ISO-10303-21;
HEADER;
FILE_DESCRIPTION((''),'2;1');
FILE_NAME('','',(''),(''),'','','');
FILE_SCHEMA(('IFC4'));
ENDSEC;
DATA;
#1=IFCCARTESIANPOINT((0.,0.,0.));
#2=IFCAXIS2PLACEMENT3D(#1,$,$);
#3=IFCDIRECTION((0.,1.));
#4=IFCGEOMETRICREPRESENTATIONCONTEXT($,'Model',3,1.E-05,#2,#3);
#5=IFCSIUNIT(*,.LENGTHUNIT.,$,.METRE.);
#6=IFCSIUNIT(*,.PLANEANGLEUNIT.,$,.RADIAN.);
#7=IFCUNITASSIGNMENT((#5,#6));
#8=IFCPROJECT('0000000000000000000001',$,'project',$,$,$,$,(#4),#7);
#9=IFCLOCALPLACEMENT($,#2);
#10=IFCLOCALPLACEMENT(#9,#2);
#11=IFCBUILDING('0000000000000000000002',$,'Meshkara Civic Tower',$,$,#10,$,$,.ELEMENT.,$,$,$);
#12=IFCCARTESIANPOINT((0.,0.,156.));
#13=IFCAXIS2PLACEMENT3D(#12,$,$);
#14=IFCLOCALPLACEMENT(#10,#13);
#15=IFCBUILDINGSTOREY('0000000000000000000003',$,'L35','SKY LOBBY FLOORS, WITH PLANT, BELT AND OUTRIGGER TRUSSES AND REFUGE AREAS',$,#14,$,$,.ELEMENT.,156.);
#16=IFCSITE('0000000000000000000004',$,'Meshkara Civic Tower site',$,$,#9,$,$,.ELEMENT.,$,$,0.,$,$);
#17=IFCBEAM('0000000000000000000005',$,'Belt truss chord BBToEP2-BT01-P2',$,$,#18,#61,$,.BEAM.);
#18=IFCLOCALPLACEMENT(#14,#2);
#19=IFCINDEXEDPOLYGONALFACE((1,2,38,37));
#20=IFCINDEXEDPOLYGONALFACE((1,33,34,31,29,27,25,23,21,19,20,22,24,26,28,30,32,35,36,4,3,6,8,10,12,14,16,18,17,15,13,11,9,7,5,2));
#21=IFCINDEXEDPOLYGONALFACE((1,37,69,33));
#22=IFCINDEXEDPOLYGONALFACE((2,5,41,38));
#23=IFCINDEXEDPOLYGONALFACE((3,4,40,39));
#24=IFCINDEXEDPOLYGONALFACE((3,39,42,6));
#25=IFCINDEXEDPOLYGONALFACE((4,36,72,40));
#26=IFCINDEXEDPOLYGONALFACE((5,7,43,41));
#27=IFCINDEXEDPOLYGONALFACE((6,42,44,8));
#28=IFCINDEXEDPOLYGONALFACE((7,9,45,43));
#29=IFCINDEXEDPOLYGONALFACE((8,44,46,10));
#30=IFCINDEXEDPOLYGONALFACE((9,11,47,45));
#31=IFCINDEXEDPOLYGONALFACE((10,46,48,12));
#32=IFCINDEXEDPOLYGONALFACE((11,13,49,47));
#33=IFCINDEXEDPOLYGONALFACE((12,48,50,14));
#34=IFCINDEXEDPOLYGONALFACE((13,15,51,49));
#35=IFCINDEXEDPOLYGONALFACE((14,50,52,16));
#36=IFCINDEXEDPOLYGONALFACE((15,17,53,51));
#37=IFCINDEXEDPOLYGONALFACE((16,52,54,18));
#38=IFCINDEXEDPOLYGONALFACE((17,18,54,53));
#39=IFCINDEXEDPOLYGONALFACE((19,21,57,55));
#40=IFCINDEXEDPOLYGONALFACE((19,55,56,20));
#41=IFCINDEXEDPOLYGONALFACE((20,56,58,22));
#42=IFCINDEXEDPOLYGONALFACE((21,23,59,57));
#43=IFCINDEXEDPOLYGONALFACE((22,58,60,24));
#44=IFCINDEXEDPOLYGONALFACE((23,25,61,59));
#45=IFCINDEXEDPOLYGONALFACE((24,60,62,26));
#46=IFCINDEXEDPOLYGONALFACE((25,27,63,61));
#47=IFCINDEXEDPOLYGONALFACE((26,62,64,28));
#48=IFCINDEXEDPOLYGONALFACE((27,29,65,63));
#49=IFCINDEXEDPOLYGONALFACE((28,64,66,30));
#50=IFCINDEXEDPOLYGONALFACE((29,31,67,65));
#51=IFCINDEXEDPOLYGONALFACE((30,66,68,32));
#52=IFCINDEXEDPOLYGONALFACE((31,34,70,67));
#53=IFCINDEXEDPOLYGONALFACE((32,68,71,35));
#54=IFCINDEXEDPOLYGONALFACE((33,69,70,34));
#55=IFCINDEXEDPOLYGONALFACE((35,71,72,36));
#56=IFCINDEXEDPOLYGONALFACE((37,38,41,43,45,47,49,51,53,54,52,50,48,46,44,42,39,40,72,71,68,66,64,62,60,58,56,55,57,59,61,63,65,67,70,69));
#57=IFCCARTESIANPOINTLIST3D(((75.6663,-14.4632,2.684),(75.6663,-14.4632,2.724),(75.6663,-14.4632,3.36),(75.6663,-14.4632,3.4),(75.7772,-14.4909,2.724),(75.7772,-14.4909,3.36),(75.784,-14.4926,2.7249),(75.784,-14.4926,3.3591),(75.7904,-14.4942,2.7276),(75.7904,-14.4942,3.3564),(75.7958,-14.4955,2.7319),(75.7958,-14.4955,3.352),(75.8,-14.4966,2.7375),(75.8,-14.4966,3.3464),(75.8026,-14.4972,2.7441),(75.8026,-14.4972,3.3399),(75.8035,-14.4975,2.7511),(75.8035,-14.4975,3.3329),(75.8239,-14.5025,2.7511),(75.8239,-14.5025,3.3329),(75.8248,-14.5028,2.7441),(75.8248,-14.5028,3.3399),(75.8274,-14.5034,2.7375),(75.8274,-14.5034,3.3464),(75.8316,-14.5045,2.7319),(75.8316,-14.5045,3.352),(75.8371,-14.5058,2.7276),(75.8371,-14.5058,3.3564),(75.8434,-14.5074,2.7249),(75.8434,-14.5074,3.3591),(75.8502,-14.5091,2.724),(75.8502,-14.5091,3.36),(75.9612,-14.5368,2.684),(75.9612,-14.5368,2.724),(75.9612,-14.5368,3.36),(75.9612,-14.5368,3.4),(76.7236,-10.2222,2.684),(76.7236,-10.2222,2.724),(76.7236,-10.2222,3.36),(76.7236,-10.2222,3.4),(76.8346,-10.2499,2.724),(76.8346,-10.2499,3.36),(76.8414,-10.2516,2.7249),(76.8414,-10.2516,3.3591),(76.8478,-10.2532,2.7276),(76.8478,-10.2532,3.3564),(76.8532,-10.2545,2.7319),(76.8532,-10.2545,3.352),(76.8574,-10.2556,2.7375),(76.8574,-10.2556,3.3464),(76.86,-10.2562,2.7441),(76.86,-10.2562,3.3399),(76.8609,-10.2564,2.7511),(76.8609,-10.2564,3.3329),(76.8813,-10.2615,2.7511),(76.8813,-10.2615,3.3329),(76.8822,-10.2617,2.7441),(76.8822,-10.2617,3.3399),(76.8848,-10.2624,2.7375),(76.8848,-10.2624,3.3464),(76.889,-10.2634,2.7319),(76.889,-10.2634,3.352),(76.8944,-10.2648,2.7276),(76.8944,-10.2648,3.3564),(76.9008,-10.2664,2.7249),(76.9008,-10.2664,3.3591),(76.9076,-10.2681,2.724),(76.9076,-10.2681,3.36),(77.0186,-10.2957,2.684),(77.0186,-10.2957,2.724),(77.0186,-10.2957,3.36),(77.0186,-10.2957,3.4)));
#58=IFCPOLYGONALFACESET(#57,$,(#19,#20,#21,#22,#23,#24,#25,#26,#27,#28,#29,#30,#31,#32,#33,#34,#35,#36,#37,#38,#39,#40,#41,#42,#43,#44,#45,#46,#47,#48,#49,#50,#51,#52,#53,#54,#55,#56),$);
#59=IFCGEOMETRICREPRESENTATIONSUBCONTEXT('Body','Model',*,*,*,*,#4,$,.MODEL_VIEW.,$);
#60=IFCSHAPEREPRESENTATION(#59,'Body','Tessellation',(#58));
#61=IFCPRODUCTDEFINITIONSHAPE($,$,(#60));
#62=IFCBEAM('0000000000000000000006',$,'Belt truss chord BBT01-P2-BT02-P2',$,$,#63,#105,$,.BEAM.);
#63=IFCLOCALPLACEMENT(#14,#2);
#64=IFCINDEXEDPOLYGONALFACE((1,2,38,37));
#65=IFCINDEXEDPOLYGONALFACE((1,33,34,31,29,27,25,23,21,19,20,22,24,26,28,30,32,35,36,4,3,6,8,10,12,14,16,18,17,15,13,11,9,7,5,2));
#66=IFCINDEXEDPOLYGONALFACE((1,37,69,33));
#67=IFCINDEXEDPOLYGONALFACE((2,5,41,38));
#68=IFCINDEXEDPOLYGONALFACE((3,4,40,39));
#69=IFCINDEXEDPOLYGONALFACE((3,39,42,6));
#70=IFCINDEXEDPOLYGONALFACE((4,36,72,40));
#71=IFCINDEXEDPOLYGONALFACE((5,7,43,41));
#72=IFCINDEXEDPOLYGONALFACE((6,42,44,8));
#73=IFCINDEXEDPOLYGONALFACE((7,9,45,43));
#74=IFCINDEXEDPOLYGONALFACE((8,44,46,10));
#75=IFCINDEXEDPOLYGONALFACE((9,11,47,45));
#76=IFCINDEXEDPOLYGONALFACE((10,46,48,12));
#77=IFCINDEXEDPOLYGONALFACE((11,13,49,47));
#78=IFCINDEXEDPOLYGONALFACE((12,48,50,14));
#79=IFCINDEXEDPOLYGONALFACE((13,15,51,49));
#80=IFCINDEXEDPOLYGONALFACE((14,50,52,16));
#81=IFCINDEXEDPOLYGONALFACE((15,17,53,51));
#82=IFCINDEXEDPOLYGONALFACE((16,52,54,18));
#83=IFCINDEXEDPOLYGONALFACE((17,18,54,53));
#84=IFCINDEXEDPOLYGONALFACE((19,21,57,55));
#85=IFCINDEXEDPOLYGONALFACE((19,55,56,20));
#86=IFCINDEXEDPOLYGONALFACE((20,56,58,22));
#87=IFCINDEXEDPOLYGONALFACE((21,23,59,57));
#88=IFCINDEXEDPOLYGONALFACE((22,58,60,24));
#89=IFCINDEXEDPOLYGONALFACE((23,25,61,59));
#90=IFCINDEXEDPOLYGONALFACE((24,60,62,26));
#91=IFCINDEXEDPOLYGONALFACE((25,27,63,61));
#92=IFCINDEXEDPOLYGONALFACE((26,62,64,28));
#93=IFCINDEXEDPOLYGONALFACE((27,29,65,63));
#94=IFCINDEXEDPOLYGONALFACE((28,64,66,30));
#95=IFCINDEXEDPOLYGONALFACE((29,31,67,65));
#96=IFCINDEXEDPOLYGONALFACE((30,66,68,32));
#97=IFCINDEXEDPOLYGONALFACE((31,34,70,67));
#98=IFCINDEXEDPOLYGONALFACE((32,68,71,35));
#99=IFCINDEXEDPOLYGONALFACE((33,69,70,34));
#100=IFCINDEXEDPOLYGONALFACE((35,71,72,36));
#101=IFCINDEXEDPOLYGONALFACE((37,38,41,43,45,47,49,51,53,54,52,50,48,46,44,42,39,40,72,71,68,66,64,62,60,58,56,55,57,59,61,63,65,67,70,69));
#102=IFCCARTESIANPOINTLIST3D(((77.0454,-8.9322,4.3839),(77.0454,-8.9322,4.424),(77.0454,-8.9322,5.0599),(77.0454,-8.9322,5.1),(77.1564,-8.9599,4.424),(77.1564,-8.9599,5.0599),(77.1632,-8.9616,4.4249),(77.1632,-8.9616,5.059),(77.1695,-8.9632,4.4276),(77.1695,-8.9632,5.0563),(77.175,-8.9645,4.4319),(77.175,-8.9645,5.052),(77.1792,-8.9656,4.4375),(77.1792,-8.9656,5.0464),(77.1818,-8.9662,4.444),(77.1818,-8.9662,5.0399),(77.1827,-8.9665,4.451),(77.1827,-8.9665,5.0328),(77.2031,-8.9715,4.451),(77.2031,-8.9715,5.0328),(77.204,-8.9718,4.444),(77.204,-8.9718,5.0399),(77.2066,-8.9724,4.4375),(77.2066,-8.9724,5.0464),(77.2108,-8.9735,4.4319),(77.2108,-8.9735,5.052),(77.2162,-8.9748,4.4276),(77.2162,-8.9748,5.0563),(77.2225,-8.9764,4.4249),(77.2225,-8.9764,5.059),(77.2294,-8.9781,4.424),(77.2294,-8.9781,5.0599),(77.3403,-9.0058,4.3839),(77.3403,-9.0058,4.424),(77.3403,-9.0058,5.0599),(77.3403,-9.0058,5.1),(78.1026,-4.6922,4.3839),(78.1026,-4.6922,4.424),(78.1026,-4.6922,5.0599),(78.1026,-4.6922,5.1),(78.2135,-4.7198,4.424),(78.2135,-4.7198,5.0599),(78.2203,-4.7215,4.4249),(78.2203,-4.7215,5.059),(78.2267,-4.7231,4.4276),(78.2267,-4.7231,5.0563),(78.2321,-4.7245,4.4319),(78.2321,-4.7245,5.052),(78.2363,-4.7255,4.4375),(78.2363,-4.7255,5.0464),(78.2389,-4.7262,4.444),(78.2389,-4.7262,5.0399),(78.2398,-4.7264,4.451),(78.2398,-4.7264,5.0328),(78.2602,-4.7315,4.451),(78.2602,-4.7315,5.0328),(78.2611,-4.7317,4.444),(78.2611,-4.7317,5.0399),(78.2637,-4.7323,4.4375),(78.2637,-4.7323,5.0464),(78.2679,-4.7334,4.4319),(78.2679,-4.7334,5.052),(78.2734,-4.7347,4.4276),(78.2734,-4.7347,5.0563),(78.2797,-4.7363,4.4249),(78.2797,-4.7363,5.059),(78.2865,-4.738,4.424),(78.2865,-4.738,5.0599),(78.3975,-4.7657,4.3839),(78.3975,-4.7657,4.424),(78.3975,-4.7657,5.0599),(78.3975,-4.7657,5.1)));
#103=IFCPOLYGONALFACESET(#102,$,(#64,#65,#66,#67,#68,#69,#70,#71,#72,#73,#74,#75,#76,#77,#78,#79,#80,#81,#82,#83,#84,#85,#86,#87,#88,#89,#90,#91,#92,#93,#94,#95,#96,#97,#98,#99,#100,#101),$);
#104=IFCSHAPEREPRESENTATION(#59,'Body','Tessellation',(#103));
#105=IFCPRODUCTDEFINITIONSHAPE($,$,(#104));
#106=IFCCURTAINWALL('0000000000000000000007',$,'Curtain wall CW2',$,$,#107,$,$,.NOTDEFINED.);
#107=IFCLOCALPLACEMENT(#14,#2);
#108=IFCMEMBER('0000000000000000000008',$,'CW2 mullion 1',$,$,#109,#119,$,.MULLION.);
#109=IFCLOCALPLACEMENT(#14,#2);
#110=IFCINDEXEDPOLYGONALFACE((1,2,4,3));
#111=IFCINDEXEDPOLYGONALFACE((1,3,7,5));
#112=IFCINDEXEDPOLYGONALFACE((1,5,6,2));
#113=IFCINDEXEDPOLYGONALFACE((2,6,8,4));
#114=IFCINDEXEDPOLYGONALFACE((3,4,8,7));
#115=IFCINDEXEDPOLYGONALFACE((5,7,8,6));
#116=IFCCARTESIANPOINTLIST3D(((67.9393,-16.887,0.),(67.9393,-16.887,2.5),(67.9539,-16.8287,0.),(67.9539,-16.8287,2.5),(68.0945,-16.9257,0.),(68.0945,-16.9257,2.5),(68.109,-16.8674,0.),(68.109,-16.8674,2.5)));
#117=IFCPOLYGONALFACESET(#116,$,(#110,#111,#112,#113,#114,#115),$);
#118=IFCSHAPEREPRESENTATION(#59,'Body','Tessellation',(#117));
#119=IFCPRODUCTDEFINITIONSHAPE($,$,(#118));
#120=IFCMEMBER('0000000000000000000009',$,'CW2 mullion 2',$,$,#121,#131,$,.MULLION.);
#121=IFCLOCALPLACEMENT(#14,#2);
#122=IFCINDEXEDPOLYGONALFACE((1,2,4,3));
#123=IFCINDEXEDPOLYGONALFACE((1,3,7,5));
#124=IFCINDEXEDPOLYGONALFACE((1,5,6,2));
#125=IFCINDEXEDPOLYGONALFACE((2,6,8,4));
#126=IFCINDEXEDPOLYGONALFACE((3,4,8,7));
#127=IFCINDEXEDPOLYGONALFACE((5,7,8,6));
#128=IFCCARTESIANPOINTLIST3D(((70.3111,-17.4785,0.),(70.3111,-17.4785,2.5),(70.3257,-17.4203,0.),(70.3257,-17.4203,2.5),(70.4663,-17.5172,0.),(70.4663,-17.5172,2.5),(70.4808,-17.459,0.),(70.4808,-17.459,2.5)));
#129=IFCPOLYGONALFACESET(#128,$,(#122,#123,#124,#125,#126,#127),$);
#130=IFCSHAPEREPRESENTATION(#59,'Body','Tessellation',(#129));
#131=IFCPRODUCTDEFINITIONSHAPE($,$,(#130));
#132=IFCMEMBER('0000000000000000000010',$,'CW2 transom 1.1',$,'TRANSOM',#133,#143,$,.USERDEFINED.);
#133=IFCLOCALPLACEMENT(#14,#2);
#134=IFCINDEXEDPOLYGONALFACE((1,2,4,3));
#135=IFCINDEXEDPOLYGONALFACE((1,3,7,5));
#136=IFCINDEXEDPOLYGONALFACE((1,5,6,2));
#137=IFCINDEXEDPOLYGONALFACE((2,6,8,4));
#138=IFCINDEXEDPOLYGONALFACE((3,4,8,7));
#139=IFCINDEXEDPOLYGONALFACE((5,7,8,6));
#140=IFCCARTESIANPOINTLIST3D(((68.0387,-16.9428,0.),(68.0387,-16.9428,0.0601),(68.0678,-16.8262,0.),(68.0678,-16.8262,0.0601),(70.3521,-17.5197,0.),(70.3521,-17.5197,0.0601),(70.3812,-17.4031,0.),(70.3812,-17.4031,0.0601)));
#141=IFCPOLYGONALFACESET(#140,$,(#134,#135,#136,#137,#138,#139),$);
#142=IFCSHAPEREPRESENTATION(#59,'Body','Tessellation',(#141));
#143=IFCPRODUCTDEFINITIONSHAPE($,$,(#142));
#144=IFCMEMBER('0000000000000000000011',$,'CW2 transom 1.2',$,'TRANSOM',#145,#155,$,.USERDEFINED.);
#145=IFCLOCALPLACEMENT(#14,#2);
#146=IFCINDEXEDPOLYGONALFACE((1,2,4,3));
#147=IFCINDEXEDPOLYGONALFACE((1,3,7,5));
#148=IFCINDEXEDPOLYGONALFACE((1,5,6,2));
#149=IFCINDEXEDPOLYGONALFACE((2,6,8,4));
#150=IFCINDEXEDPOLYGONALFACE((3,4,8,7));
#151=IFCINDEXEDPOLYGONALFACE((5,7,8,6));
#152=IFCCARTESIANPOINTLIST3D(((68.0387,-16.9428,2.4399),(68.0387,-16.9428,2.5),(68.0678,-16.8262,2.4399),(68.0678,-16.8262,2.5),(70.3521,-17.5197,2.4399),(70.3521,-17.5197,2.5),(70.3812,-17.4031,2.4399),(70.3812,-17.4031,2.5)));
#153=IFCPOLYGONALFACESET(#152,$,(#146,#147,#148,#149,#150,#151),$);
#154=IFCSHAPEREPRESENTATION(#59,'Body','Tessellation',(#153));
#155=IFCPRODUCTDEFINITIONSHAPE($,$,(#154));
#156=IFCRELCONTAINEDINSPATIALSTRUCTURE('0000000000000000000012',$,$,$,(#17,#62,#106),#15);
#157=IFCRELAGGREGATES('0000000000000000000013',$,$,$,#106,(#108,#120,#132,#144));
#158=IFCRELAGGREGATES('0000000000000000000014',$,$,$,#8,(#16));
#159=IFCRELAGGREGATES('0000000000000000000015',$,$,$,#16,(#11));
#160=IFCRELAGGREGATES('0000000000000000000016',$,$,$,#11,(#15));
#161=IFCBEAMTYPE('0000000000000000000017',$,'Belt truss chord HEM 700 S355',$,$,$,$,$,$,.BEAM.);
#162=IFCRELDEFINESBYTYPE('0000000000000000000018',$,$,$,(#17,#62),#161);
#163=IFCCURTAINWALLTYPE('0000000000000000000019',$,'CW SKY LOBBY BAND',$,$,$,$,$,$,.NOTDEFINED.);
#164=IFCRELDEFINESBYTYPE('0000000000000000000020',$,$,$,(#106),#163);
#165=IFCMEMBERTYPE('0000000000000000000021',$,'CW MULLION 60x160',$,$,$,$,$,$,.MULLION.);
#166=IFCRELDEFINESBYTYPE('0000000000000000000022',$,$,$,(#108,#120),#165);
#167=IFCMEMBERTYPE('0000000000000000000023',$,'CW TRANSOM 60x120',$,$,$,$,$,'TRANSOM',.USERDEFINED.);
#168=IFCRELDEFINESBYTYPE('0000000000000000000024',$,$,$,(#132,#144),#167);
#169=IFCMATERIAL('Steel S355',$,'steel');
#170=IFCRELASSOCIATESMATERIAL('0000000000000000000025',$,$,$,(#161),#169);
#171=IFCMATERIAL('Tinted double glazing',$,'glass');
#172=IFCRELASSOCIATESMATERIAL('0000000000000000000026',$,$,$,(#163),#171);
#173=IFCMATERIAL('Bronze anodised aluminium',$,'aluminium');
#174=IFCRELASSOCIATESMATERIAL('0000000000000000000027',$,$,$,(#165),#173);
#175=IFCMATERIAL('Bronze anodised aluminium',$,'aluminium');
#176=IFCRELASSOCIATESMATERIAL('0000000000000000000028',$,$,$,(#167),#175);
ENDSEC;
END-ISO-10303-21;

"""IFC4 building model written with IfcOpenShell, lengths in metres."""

from ifc_helpers import new_model, si_unit, direction, frame, origin, origin_2d, place, context, subcontext, project, spatial, rectangle, i_section, extrude, material, material_profile, profile_set, type_object, element, aggregate, save


model = new_model("IFC4")

# Units and contexts
model_context = context("Model", 3, precision=1e-05, world=origin(), true_north=direction((0.0, 1.0)))
body_context = subcontext(model_context, "Body", "Model", "MODEL_VIEW")
ifc_project = project(units=[si_unit("LENGTHUNIT", "METRE"), si_unit("PLANEANGLEUNIT", "RADIAN")], contexts=[model_context])

# Site, building, storey
site_placement = place(None, origin())
site = spatial("IfcSite", under=ifc_project, at=site_placement, Name="Meshkara Civic Tower site", CompositionType="ELEMENT", RefElevation=0.0)
building_placement = place(site_placement, origin())
building = spatial("IfcBuilding", under=site, at=building_placement, Name="Meshkara Civic Tower", CompositionType="ELEMENT")
storey_placement = place(building_placement, frame((0.0, 0.0, 156.0)))
storey = spatial("IfcBuildingStorey", under=building, at=storey_placement, Name="L35", Description="SKY LOBBY FLOORS, WITH PLANT, BELT AND OUTRIGGER TRUSSES AND REFUGE AREAS", CompositionType="ELEMENT", Elevation=156.0)

# Beams
ifc_material_1 = material(Name="Steel S355", Category="steel")
ifc_material_profile_1 = material_profile(ifc_material_1, i_section(OverallWidth=0.304, OverallDepth=0.7161, WebThickness=0.021, FlangeThickness=0.04, FilletRadius=0.0271, at=origin_2d()))
ifc_profile_set_1 = profile_set([ifc_material_profile_1], Name="Steel S355")
beam_type = type_object("IfcBeamType", Name="Belt truss chord HEM 700 S355", PredefinedType="BEAM", material=ifc_profile_set_1)
for number, where, z_axis, x_axis, name in (
    (1, (75.8137, -14.5, 3.042), (0.241918, 0.970297, 0.0), (-0.970297, 0.241918, 0.0), "Belt truss chord BBToEP2-BT01-P2"),
):
    element("IfcBeam", number, at=place(storey_placement, frame(where, z_axis=z_axis, x_axis=x_axis)), inside=storey, type_object=beam_type, Name=name, PredefinedType="BEAM", context=body_context, shape_type="SweptSolid", body=[
        extrude(i_section(OverallWidth=0.304, OverallDepth=0.7161, WebThickness=0.021, FlangeThickness=0.04, FilletRadius=0.0271, at=origin_2d()), origin(), (0.0, 0.0, 1.0), 4.3708),
    ])
beam_placement = place(storey_placement, frame((77.1929, -8.969, 4.7419), z_axis=(0.241918, 0.970297, 0.0), x_axis=(-0.970297, 0.241918, 0.0)))
element("IfcBeam", 2, at=beam_placement, inside=storey, type_object=beam_type, Name="Belt truss chord BBT01-P2-BT02-P2", PredefinedType="BEAM", context=body_context, shape_type="SweptSolid", body=[
    extrude(i_section(OverallWidth=0.304, OverallDepth=0.7161, WebThickness=0.021, FlangeThickness=0.04, FilletRadius=0.0271, at=origin_2d()), origin(), (0.0, 0.0, 1.0), 4.3699),
])

# Curtain wall, members
ifc_material_2 = material(Name="Tinted double glazing", Category="glass")
curtain_wall_type = type_object("IfcCurtainWallType", Name="CW SKY LOBBY BAND", PredefinedType="NOTDEFINED", material=ifc_material_2)
curtain_wall_placement = place(storey_placement, origin())
curtain_wall = element("IfcCurtainWall", 3, at=curtain_wall_placement, inside=storey, type_object=curtain_wall_type, Name="Curtain wall CW2", PredefinedType="NOTDEFINED")
ifc_material_3 = material(Name="Bronze anodised aluminium", Category="aluminium")
ifc_material_profile_2 = material_profile(ifc_material_3, rectangle(XDim=0.0601, YDim=0.1599, at=origin_2d()))
ifc_profile_set_2 = profile_set([ifc_material_profile_2], Name="Bronze anodised aluminium")
member_type_1 = type_object("IfcMemberType", Name="CW MULLION 60x160", PredefinedType="MULLION", material=ifc_profile_set_2)
member_1_placement = place(storey_placement, frame((68.0242, -16.8772, 0.0), z_axis=(0.0, 0.0, 1.0), x_axis=(0.241972, 0.970283, 0.0)))
member_1 = element("IfcMember", 4, at=member_1_placement, type_object=member_type_1, Name="CW2 mullion 1", PredefinedType="MULLION", context=body_context, shape_type="SweptSolid", body=[
    extrude(rectangle(XDim=0.0601, YDim=0.1599, at=origin_2d()), origin(), (0.0, 0.0, 1.0), 2.5),
])
member_2_placement = place(storey_placement, frame((70.396, -17.4688, 0.0), z_axis=(0.0, 0.0, 1.0), x_axis=(0.241972, 0.970283, 0.0)))
member_2 = element("IfcMember", 5, at=member_2_placement, type_object=member_type_1, Name="CW2 mullion 2", PredefinedType="MULLION", context=body_context, shape_type="SweptSolid", body=[
    extrude(rectangle(XDim=0.0601, YDim=0.1599, at=origin_2d()), origin(), (0.0, 0.0, 1.0), 2.5),
])
ifc_material_4 = material(Name="Bronze anodised aluminium", Category="aluminium")
ifc_material_profile_3 = material_profile(ifc_material_4, rectangle(XDim=0.1201, YDim=0.0601, at=origin_2d()))
ifc_profile_set_3 = profile_set([ifc_material_profile_3], Name="Bronze anodised aluminium")
member_type_2 = type_object("IfcMemberType", Name="CW TRANSOM 60x120", ElementType="TRANSOM", PredefinedType="USERDEFINED", material=ifc_profile_set_3)
member_3_placement = place(storey_placement, frame((68.0532, -16.8845, 0.03), z_axis=(0.970287, -0.241957, 0.0), x_axis=(0.241957, 0.970287, 0.0)))
member_3 = element("IfcMember", 6, at=member_3_placement, type_object=member_type_2, Name="CW2 transom 1.1", ObjectType="TRANSOM", PredefinedType="USERDEFINED", context=body_context, shape_type="SweptSolid", body=[
    extrude(rectangle(XDim=0.1201, YDim=0.0601, at=origin_2d()), origin(), (0.0, 0.0, 1.0), 2.3843),
])
member_4_placement = place(storey_placement, frame((68.0532, -16.8845, 2.47), z_axis=(0.970287, -0.241957, 0.0), x_axis=(0.241957, 0.970287, 0.0)))
member_4 = element("IfcMember", 7, at=member_4_placement, type_object=member_type_2, Name="CW2 transom 1.2", ObjectType="TRANSOM", PredefinedType="USERDEFINED", context=body_context, shape_type="SweptSolid", body=[
    extrude(rectangle(XDim=0.1201, YDim=0.0601, at=origin_2d()), origin(), (0.0, 0.0, 1.0), 2.3843),
])

aggregate(curtain_wall, [member_1, member_2, member_3, member_4])

save(model, "model.ifc")
